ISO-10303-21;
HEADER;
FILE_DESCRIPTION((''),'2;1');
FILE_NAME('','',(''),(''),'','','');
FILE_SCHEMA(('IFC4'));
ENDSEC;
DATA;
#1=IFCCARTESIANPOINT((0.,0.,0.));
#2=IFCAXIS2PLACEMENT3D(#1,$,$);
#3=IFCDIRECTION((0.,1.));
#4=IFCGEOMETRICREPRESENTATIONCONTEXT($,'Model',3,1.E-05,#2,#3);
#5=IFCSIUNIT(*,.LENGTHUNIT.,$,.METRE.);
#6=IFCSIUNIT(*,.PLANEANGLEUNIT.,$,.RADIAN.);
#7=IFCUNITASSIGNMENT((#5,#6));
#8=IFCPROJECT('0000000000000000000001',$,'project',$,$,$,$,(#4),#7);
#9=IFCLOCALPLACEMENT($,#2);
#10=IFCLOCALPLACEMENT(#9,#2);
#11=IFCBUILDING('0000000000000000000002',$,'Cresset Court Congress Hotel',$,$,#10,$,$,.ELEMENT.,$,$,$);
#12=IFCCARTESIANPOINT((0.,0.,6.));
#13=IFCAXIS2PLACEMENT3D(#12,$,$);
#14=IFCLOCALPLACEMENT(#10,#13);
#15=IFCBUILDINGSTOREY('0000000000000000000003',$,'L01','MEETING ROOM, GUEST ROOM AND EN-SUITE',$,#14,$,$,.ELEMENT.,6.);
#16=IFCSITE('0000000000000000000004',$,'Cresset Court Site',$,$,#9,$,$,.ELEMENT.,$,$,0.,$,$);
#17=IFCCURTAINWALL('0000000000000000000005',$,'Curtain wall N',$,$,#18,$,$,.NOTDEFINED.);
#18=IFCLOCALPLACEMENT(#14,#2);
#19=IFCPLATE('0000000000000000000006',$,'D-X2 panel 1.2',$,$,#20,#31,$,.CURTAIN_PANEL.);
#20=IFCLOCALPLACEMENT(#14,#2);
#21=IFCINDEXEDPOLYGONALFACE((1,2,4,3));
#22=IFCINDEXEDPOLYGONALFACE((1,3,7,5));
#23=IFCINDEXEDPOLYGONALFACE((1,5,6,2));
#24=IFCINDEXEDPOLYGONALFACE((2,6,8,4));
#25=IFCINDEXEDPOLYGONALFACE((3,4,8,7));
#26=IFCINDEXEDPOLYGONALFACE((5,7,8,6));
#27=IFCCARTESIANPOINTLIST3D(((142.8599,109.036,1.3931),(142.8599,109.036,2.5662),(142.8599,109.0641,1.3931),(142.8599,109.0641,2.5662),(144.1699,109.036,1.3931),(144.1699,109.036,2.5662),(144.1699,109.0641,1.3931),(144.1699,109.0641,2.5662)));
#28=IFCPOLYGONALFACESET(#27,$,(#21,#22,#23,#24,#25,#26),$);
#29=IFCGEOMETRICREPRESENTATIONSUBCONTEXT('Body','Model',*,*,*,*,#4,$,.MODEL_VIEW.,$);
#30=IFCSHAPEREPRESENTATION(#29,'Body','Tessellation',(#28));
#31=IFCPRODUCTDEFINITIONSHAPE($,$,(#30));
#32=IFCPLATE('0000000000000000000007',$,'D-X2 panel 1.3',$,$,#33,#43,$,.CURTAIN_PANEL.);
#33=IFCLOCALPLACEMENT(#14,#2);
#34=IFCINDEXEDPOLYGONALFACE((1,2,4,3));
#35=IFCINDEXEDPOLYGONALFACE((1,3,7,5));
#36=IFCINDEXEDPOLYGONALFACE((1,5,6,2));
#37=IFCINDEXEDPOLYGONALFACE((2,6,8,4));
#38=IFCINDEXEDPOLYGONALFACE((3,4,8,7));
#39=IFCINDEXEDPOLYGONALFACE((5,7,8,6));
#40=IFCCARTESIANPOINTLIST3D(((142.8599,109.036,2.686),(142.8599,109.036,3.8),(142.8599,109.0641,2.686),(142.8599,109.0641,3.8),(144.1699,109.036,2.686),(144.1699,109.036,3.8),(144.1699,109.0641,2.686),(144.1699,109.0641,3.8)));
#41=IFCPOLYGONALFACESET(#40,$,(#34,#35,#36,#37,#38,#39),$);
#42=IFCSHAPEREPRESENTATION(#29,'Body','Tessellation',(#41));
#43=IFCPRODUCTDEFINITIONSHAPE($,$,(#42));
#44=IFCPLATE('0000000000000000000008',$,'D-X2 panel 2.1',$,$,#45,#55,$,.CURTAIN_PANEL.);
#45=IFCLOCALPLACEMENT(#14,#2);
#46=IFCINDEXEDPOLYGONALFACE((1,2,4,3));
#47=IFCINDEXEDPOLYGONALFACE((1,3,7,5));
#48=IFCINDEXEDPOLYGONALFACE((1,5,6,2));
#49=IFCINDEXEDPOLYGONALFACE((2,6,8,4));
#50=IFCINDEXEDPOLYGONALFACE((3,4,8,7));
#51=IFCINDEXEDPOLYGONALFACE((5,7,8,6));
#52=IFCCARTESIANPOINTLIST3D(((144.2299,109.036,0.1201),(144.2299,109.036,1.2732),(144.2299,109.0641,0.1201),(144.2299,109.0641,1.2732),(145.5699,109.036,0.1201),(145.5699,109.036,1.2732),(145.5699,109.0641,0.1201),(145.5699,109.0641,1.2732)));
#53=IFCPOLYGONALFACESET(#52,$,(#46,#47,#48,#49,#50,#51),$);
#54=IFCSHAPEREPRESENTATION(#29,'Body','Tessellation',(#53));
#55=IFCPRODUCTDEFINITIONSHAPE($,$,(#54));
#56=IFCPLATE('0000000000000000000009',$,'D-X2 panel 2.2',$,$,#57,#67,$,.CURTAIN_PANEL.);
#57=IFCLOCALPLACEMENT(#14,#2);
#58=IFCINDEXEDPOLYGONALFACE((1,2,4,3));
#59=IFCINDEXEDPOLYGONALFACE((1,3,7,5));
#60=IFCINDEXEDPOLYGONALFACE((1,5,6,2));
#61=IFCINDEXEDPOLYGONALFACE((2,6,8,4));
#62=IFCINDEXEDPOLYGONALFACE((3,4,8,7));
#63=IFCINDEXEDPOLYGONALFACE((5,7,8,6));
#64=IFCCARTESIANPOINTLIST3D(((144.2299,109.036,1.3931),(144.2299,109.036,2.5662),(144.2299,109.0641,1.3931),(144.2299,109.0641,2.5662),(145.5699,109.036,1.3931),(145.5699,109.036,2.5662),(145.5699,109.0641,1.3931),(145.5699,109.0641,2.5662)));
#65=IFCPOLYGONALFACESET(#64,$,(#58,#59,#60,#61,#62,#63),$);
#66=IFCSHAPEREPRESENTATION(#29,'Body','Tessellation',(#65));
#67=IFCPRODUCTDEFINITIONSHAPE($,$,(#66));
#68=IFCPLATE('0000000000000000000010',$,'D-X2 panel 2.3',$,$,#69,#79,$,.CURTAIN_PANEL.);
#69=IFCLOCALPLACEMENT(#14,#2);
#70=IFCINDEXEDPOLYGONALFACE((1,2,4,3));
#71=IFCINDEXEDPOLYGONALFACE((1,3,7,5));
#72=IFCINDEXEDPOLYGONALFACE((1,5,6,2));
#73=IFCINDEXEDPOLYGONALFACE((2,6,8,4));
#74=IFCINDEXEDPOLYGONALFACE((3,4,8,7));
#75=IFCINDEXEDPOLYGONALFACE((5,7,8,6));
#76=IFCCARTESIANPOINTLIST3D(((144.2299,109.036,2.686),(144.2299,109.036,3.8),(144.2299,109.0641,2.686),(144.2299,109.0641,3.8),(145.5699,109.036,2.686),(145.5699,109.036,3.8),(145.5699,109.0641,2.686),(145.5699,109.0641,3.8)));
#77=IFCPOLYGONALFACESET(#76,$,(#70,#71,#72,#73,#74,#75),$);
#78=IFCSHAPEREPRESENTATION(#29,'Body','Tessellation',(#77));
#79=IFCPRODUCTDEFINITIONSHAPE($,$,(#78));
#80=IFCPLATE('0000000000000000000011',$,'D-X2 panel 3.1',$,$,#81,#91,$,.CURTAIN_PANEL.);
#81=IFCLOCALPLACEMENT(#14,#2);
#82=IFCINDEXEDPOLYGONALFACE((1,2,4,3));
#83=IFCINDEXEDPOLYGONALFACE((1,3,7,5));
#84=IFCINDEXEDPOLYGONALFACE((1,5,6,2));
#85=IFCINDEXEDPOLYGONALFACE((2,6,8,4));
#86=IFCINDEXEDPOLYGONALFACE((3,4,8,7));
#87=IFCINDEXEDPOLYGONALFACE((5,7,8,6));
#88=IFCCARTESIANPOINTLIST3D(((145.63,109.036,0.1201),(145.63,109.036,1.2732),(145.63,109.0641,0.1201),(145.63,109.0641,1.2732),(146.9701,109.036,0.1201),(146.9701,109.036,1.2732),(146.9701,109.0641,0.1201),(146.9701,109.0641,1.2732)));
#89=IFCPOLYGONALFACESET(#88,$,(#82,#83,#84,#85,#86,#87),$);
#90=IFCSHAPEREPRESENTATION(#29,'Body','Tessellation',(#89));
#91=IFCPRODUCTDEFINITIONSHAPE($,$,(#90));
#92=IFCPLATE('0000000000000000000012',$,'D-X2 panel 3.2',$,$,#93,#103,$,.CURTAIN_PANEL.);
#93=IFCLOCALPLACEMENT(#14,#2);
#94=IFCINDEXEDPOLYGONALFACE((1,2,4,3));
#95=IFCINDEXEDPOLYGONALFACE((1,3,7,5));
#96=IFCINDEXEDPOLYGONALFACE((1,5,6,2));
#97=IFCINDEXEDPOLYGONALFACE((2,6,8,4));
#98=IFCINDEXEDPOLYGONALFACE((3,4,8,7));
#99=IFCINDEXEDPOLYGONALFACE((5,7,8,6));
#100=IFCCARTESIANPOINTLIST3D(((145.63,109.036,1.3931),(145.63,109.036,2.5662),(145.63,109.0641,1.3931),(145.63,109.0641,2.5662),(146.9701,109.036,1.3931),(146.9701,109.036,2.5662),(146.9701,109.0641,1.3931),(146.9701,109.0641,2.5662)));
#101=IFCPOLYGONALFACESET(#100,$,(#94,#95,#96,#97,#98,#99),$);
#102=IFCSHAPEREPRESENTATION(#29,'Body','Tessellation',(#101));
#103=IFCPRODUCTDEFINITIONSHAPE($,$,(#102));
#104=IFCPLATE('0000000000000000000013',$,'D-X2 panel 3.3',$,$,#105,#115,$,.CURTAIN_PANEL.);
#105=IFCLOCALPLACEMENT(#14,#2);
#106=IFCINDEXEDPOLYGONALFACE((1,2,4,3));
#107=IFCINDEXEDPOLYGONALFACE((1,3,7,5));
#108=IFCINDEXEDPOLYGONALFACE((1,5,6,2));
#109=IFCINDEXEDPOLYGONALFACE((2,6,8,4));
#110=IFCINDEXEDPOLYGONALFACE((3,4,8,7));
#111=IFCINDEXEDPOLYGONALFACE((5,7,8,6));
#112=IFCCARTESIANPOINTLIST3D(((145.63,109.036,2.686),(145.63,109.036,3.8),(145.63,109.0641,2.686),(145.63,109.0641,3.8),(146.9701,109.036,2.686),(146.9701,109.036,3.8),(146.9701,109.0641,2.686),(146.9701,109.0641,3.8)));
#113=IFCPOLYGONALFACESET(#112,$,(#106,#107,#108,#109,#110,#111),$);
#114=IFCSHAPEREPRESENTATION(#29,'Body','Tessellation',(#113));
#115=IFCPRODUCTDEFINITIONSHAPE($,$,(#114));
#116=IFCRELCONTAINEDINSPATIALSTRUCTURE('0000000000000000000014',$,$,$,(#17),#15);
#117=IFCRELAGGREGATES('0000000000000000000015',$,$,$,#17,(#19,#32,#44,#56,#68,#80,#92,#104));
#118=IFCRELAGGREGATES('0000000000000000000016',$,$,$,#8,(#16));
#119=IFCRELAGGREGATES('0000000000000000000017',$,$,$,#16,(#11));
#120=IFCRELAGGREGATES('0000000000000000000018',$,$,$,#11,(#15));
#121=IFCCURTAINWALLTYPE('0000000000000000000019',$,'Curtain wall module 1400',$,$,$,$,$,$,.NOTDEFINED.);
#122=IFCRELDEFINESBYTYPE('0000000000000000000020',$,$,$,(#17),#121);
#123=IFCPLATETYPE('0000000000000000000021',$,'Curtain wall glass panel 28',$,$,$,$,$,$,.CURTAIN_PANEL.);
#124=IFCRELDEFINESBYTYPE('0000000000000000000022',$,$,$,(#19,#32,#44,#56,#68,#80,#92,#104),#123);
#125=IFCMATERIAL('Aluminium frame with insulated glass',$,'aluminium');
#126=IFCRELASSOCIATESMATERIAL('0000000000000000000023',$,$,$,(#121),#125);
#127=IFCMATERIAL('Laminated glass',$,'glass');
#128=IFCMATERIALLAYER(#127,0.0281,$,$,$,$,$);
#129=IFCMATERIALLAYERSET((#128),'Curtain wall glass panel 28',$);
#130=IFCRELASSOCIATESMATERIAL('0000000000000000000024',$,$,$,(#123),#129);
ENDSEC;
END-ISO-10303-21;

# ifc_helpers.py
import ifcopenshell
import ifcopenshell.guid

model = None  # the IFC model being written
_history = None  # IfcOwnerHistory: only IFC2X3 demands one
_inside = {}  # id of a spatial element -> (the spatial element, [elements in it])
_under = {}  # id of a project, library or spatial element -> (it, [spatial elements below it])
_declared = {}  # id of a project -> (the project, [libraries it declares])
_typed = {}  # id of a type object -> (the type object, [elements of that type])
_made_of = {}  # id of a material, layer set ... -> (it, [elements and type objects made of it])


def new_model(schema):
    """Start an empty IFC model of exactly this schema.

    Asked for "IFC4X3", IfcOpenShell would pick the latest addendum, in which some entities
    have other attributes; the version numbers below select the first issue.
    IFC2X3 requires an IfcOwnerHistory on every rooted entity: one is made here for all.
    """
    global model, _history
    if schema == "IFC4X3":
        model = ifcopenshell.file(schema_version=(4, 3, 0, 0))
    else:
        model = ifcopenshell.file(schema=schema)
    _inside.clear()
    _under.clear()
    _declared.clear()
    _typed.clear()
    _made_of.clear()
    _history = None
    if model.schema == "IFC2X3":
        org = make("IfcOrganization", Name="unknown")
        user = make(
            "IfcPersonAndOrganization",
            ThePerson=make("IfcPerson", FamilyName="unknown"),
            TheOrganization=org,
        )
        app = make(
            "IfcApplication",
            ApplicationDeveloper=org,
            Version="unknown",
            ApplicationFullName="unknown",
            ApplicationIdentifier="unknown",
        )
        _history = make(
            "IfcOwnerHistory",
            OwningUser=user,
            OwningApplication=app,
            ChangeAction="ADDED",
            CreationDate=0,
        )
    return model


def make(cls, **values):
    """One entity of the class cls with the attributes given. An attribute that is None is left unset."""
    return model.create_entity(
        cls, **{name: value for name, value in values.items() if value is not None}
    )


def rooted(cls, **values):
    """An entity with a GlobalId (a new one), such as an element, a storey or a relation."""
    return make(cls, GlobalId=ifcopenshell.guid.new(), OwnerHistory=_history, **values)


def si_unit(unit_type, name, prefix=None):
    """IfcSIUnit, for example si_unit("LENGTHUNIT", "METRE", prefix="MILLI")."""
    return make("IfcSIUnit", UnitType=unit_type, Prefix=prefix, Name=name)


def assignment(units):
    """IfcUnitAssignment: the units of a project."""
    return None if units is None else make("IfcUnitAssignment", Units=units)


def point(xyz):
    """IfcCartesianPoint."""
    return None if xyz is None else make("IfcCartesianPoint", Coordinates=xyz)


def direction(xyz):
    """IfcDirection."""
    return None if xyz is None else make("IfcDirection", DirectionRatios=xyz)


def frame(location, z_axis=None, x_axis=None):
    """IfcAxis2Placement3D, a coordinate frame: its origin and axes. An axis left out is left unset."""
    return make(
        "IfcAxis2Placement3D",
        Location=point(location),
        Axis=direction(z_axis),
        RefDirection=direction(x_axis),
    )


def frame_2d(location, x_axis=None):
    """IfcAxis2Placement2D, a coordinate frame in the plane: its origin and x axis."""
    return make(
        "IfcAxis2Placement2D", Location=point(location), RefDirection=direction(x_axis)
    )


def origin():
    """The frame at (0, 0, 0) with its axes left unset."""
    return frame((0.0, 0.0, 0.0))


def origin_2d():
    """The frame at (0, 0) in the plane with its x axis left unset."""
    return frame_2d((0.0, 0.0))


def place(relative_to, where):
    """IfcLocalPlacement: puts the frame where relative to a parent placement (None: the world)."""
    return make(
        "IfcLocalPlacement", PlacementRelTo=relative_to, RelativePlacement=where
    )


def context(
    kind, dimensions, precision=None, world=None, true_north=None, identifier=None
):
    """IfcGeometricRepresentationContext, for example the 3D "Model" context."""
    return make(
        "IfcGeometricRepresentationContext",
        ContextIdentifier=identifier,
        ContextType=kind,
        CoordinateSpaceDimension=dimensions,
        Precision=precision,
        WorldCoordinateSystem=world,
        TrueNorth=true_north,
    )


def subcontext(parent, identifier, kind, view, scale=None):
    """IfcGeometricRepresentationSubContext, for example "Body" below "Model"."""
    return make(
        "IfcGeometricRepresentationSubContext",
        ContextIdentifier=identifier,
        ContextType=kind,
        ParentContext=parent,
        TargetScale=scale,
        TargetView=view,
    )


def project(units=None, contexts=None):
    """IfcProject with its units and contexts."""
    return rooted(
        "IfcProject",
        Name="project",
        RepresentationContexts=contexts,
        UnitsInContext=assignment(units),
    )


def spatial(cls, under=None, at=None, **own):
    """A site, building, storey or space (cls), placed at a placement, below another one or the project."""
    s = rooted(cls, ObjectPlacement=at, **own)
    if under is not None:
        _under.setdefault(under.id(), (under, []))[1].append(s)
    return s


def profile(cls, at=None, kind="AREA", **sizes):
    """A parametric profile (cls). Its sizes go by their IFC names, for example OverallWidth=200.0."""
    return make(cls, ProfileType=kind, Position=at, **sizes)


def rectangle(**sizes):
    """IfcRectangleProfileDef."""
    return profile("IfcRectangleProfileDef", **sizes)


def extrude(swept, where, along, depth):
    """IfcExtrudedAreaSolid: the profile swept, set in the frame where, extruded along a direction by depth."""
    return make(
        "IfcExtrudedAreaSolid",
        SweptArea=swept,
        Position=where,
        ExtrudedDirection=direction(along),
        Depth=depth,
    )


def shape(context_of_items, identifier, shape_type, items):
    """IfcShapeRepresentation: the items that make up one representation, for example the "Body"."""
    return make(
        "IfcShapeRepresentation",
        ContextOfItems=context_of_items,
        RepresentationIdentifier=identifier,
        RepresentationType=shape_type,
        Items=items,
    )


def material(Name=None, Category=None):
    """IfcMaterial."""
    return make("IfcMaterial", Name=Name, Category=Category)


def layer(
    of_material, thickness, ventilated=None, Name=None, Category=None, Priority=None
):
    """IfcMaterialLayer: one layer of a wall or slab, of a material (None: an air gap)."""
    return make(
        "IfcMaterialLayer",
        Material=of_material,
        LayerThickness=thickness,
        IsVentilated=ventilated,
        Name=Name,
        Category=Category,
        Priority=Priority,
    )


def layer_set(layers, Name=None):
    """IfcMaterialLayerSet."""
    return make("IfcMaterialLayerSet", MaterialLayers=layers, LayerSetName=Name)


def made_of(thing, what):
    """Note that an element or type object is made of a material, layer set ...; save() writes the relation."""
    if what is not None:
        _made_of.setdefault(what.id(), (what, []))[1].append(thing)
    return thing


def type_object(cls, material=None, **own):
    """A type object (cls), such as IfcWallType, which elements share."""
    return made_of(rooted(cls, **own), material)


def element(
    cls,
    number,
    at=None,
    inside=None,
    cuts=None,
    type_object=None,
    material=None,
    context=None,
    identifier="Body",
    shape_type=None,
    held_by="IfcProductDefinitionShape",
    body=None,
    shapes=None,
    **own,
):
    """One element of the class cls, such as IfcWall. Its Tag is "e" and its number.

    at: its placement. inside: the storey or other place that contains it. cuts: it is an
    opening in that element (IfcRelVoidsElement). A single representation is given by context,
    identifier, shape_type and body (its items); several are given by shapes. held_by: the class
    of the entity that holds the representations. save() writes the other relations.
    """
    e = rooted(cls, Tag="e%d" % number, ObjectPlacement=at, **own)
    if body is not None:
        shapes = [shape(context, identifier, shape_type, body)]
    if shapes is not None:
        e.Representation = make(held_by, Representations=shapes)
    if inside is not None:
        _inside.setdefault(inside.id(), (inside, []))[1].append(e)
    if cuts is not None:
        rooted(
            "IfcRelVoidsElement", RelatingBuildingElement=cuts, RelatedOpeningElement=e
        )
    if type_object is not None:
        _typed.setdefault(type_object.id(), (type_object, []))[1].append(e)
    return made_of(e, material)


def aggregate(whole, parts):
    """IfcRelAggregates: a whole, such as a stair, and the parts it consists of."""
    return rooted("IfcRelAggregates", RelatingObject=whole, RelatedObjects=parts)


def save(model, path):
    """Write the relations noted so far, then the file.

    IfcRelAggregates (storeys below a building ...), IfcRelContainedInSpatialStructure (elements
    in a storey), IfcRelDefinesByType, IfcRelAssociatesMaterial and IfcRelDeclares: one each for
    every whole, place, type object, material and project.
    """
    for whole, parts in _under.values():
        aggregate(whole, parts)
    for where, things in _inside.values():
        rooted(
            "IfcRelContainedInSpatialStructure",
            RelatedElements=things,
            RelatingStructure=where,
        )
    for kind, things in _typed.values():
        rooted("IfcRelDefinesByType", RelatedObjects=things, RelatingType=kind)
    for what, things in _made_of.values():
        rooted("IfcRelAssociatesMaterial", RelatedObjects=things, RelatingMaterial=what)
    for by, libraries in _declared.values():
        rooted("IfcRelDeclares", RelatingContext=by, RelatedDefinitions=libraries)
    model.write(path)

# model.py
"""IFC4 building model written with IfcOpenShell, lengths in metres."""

from ifc_helpers import new_model, si_unit, direction, frame, origin, origin_2d, place, context, subcontext, project, spatial, rectangle, extrude, material, layer, layer_set, type_object, element, aggregate, save


model = new_model("IFC4")

# Units and contexts
model_context = context("Model", 3, precision=1e-05, world=origin(), true_north=direction((0.0, 1.0)))
body_context = subcontext(model_context, "Body", "Model", "MODEL_VIEW")
ifc_project = project(units=[si_unit("LENGTHUNIT", "METRE"), si_unit("PLANEANGLEUNIT", "RADIAN")], contexts=[model_context])

# Site, building, storey
site_placement = place(None, origin())
site = spatial("IfcSite", under=ifc_project, at=site_placement, Name="Cresset Court Site", CompositionType="ELEMENT", RefElevation=0.0)
building_placement = place(site_placement, origin())
building = spatial("IfcBuilding", under=site, at=building_placement, Name="Cresset Court Congress Hotel", CompositionType="ELEMENT")
storey_placement = place(building_placement, frame((0.0, 0.0, 6.0)))
storey = spatial("IfcBuildingStorey", under=building, at=storey_placement, Name="L01", Description="MEETING ROOM, GUEST ROOM AND EN-SUITE", CompositionType="ELEMENT", Elevation=6.0)

# Curtain wall, plates
ifc_material_1 = material(Name="Aluminium frame with insulated glass", Category="aluminium")
curtain_wall_type = type_object("IfcCurtainWallType", Name="Curtain wall module 1400", PredefinedType="NOTDEFINED", material=ifc_material_1)
curtain_wall_placement = place(storey_placement, origin())
curtain_wall = element("IfcCurtainWall", 1, at=curtain_wall_placement, inside=storey, type_object=curtain_wall_type, Name="Curtain wall N", PredefinedType="NOTDEFINED")
ifc_material_2 = material(Name="Laminated glass", Category="glass")
ifc_layer = layer(ifc_material_2, 0.0281)
ifc_layer_set = layer_set([ifc_layer], Name="Curtain wall glass panel 28")
plate_type = type_object("IfcPlateType", Name="Curtain wall glass panel 28", PredefinedType="CURTAIN_PANEL", material=ifc_layer_set)
plate_1_placement = place(storey_placement, frame((143.5149, 109.05, 1.3931), z_axis=(0.0, 0.0, 1.0), x_axis=(1.0, 0.0, 0.0)))
plate_1 = element("IfcPlate", 2, at=plate_1_placement, type_object=plate_type, Name="D-X2 panel 1.2", PredefinedType="CURTAIN_PANEL", context=body_context, shape_type="SweptSolid", body=[
    extrude(rectangle(XDim=1.3101, YDim=0.0281, at=origin_2d()), origin(), (0.0, 0.0, 1.0), 1.1731),
])
plate_2_placement = place(storey_placement, frame((143.5149, 109.05, 2.686), z_axis=(0.0, 0.0, 1.0), x_axis=(1.0, 0.0, 0.0)))
plate_2 = element("IfcPlate", 3, at=plate_2_placement, type_object=plate_type, Name="D-X2 panel 1.3", PredefinedType="CURTAIN_PANEL", context=body_context, shape_type="SweptSolid", body=[
    extrude(rectangle(XDim=1.3101, YDim=0.0281, at=origin_2d()), origin(), (0.0, 0.0, 1.0), 1.114),
])
plate_3_placement = place(storey_placement, frame((144.8999, 109.05, 0.1201), z_axis=(0.0, 0.0, 1.0), x_axis=(1.0, 0.0, 0.0)))
plate_3 = element("IfcPlate", 4, at=plate_3_placement, type_object=plate_type, Name="D-X2 panel 2.1", PredefinedType="CURTAIN_PANEL", context=body_context, shape_type="SweptSolid", body=[
    extrude(rectangle(XDim=1.3401, YDim=0.0281, at=origin_2d()), origin(), (0.0, 0.0, 1.0), 1.1531),
])
plate_4_placement = place(storey_placement, frame((144.8999, 109.05, 1.3931), z_axis=(0.0, 0.0, 1.0), x_axis=(1.0, 0.0, 0.0)))
plate_4 = element("IfcPlate", 5, at=plate_4_placement, type_object=plate_type, Name="D-X2 panel 2.2", PredefinedType="CURTAIN_PANEL", context=body_context, shape_type="SweptSolid", body=[
    extrude(rectangle(XDim=1.3401, YDim=0.0281, at=origin_2d()), origin(), (0.0, 0.0, 1.0), 1.1731),
])
plate_5_placement = place(storey_placement, frame((144.8999, 109.05, 2.686), z_axis=(0.0, 0.0, 1.0), x_axis=(1.0, 0.0, 0.0)))
plate_5 = element("IfcPlate", 6, at=plate_5_placement, type_object=plate_type, Name="D-X2 panel 2.3", PredefinedType="CURTAIN_PANEL", context=body_context, shape_type="SweptSolid", body=[
    extrude(rectangle(XDim=1.3401, YDim=0.0281, at=origin_2d()), origin(), (0.0, 0.0, 1.0), 1.114),
])
plate_6_placement = place(storey_placement, frame((146.3, 109.05, 0.1201), z_axis=(0.0, 0.0, 1.0), x_axis=(1.0, 0.0, 0.0)))
plate_6 = element("IfcPlate", 7, at=plate_6_placement, type_object=plate_type, Name="D-X2 panel 3.1", PredefinedType="CURTAIN_PANEL", context=body_context, shape_type="SweptSolid", body=[
    extrude(rectangle(XDim=1.3401, YDim=0.0281, at=origin_2d()), origin(), (0.0, 0.0, 1.0), 1.1531),
])
plate_7_placement = place(storey_placement, frame((146.3, 109.05, 1.3931), z_axis=(0.0, 0.0, 1.0), x_axis=(1.0, 0.0, 0.0)))
plate_7 = element("IfcPlate", 8, at=plate_7_placement, type_object=plate_type, Name="D-X2 panel 3.2", PredefinedType="CURTAIN_PANEL", context=body_context, shape_type="SweptSolid", body=[
    extrude(rectangle(XDim=1.3401, YDim=0.0281, at=origin_2d()), origin(), (0.0, 0.0, 1.0), 1.1731),
])
plate_8_placement = place(storey_placement, frame((146.3, 109.05, 2.686), z_axis=(0.0, 0.0, 1.0), x_axis=(1.0, 0.0, 0.0)))
plate_8 = element("IfcPlate", 9, at=plate_8_placement, type_object=plate_type, Name="D-X2 panel 3.3", PredefinedType="CURTAIN_PANEL", context=body_context, shape_type="SweptSolid", body=[
    extrude(rectangle(XDim=1.3401, YDim=0.0281, at=origin_2d()), origin(), (0.0, 0.0, 1.0), 1.114),
])
aggregate(curtain_wall, [plate_1, plate_2, plate_3, plate_4, plate_5, plate_6, plate_7, plate_8])

save(model, "model.ifc")
